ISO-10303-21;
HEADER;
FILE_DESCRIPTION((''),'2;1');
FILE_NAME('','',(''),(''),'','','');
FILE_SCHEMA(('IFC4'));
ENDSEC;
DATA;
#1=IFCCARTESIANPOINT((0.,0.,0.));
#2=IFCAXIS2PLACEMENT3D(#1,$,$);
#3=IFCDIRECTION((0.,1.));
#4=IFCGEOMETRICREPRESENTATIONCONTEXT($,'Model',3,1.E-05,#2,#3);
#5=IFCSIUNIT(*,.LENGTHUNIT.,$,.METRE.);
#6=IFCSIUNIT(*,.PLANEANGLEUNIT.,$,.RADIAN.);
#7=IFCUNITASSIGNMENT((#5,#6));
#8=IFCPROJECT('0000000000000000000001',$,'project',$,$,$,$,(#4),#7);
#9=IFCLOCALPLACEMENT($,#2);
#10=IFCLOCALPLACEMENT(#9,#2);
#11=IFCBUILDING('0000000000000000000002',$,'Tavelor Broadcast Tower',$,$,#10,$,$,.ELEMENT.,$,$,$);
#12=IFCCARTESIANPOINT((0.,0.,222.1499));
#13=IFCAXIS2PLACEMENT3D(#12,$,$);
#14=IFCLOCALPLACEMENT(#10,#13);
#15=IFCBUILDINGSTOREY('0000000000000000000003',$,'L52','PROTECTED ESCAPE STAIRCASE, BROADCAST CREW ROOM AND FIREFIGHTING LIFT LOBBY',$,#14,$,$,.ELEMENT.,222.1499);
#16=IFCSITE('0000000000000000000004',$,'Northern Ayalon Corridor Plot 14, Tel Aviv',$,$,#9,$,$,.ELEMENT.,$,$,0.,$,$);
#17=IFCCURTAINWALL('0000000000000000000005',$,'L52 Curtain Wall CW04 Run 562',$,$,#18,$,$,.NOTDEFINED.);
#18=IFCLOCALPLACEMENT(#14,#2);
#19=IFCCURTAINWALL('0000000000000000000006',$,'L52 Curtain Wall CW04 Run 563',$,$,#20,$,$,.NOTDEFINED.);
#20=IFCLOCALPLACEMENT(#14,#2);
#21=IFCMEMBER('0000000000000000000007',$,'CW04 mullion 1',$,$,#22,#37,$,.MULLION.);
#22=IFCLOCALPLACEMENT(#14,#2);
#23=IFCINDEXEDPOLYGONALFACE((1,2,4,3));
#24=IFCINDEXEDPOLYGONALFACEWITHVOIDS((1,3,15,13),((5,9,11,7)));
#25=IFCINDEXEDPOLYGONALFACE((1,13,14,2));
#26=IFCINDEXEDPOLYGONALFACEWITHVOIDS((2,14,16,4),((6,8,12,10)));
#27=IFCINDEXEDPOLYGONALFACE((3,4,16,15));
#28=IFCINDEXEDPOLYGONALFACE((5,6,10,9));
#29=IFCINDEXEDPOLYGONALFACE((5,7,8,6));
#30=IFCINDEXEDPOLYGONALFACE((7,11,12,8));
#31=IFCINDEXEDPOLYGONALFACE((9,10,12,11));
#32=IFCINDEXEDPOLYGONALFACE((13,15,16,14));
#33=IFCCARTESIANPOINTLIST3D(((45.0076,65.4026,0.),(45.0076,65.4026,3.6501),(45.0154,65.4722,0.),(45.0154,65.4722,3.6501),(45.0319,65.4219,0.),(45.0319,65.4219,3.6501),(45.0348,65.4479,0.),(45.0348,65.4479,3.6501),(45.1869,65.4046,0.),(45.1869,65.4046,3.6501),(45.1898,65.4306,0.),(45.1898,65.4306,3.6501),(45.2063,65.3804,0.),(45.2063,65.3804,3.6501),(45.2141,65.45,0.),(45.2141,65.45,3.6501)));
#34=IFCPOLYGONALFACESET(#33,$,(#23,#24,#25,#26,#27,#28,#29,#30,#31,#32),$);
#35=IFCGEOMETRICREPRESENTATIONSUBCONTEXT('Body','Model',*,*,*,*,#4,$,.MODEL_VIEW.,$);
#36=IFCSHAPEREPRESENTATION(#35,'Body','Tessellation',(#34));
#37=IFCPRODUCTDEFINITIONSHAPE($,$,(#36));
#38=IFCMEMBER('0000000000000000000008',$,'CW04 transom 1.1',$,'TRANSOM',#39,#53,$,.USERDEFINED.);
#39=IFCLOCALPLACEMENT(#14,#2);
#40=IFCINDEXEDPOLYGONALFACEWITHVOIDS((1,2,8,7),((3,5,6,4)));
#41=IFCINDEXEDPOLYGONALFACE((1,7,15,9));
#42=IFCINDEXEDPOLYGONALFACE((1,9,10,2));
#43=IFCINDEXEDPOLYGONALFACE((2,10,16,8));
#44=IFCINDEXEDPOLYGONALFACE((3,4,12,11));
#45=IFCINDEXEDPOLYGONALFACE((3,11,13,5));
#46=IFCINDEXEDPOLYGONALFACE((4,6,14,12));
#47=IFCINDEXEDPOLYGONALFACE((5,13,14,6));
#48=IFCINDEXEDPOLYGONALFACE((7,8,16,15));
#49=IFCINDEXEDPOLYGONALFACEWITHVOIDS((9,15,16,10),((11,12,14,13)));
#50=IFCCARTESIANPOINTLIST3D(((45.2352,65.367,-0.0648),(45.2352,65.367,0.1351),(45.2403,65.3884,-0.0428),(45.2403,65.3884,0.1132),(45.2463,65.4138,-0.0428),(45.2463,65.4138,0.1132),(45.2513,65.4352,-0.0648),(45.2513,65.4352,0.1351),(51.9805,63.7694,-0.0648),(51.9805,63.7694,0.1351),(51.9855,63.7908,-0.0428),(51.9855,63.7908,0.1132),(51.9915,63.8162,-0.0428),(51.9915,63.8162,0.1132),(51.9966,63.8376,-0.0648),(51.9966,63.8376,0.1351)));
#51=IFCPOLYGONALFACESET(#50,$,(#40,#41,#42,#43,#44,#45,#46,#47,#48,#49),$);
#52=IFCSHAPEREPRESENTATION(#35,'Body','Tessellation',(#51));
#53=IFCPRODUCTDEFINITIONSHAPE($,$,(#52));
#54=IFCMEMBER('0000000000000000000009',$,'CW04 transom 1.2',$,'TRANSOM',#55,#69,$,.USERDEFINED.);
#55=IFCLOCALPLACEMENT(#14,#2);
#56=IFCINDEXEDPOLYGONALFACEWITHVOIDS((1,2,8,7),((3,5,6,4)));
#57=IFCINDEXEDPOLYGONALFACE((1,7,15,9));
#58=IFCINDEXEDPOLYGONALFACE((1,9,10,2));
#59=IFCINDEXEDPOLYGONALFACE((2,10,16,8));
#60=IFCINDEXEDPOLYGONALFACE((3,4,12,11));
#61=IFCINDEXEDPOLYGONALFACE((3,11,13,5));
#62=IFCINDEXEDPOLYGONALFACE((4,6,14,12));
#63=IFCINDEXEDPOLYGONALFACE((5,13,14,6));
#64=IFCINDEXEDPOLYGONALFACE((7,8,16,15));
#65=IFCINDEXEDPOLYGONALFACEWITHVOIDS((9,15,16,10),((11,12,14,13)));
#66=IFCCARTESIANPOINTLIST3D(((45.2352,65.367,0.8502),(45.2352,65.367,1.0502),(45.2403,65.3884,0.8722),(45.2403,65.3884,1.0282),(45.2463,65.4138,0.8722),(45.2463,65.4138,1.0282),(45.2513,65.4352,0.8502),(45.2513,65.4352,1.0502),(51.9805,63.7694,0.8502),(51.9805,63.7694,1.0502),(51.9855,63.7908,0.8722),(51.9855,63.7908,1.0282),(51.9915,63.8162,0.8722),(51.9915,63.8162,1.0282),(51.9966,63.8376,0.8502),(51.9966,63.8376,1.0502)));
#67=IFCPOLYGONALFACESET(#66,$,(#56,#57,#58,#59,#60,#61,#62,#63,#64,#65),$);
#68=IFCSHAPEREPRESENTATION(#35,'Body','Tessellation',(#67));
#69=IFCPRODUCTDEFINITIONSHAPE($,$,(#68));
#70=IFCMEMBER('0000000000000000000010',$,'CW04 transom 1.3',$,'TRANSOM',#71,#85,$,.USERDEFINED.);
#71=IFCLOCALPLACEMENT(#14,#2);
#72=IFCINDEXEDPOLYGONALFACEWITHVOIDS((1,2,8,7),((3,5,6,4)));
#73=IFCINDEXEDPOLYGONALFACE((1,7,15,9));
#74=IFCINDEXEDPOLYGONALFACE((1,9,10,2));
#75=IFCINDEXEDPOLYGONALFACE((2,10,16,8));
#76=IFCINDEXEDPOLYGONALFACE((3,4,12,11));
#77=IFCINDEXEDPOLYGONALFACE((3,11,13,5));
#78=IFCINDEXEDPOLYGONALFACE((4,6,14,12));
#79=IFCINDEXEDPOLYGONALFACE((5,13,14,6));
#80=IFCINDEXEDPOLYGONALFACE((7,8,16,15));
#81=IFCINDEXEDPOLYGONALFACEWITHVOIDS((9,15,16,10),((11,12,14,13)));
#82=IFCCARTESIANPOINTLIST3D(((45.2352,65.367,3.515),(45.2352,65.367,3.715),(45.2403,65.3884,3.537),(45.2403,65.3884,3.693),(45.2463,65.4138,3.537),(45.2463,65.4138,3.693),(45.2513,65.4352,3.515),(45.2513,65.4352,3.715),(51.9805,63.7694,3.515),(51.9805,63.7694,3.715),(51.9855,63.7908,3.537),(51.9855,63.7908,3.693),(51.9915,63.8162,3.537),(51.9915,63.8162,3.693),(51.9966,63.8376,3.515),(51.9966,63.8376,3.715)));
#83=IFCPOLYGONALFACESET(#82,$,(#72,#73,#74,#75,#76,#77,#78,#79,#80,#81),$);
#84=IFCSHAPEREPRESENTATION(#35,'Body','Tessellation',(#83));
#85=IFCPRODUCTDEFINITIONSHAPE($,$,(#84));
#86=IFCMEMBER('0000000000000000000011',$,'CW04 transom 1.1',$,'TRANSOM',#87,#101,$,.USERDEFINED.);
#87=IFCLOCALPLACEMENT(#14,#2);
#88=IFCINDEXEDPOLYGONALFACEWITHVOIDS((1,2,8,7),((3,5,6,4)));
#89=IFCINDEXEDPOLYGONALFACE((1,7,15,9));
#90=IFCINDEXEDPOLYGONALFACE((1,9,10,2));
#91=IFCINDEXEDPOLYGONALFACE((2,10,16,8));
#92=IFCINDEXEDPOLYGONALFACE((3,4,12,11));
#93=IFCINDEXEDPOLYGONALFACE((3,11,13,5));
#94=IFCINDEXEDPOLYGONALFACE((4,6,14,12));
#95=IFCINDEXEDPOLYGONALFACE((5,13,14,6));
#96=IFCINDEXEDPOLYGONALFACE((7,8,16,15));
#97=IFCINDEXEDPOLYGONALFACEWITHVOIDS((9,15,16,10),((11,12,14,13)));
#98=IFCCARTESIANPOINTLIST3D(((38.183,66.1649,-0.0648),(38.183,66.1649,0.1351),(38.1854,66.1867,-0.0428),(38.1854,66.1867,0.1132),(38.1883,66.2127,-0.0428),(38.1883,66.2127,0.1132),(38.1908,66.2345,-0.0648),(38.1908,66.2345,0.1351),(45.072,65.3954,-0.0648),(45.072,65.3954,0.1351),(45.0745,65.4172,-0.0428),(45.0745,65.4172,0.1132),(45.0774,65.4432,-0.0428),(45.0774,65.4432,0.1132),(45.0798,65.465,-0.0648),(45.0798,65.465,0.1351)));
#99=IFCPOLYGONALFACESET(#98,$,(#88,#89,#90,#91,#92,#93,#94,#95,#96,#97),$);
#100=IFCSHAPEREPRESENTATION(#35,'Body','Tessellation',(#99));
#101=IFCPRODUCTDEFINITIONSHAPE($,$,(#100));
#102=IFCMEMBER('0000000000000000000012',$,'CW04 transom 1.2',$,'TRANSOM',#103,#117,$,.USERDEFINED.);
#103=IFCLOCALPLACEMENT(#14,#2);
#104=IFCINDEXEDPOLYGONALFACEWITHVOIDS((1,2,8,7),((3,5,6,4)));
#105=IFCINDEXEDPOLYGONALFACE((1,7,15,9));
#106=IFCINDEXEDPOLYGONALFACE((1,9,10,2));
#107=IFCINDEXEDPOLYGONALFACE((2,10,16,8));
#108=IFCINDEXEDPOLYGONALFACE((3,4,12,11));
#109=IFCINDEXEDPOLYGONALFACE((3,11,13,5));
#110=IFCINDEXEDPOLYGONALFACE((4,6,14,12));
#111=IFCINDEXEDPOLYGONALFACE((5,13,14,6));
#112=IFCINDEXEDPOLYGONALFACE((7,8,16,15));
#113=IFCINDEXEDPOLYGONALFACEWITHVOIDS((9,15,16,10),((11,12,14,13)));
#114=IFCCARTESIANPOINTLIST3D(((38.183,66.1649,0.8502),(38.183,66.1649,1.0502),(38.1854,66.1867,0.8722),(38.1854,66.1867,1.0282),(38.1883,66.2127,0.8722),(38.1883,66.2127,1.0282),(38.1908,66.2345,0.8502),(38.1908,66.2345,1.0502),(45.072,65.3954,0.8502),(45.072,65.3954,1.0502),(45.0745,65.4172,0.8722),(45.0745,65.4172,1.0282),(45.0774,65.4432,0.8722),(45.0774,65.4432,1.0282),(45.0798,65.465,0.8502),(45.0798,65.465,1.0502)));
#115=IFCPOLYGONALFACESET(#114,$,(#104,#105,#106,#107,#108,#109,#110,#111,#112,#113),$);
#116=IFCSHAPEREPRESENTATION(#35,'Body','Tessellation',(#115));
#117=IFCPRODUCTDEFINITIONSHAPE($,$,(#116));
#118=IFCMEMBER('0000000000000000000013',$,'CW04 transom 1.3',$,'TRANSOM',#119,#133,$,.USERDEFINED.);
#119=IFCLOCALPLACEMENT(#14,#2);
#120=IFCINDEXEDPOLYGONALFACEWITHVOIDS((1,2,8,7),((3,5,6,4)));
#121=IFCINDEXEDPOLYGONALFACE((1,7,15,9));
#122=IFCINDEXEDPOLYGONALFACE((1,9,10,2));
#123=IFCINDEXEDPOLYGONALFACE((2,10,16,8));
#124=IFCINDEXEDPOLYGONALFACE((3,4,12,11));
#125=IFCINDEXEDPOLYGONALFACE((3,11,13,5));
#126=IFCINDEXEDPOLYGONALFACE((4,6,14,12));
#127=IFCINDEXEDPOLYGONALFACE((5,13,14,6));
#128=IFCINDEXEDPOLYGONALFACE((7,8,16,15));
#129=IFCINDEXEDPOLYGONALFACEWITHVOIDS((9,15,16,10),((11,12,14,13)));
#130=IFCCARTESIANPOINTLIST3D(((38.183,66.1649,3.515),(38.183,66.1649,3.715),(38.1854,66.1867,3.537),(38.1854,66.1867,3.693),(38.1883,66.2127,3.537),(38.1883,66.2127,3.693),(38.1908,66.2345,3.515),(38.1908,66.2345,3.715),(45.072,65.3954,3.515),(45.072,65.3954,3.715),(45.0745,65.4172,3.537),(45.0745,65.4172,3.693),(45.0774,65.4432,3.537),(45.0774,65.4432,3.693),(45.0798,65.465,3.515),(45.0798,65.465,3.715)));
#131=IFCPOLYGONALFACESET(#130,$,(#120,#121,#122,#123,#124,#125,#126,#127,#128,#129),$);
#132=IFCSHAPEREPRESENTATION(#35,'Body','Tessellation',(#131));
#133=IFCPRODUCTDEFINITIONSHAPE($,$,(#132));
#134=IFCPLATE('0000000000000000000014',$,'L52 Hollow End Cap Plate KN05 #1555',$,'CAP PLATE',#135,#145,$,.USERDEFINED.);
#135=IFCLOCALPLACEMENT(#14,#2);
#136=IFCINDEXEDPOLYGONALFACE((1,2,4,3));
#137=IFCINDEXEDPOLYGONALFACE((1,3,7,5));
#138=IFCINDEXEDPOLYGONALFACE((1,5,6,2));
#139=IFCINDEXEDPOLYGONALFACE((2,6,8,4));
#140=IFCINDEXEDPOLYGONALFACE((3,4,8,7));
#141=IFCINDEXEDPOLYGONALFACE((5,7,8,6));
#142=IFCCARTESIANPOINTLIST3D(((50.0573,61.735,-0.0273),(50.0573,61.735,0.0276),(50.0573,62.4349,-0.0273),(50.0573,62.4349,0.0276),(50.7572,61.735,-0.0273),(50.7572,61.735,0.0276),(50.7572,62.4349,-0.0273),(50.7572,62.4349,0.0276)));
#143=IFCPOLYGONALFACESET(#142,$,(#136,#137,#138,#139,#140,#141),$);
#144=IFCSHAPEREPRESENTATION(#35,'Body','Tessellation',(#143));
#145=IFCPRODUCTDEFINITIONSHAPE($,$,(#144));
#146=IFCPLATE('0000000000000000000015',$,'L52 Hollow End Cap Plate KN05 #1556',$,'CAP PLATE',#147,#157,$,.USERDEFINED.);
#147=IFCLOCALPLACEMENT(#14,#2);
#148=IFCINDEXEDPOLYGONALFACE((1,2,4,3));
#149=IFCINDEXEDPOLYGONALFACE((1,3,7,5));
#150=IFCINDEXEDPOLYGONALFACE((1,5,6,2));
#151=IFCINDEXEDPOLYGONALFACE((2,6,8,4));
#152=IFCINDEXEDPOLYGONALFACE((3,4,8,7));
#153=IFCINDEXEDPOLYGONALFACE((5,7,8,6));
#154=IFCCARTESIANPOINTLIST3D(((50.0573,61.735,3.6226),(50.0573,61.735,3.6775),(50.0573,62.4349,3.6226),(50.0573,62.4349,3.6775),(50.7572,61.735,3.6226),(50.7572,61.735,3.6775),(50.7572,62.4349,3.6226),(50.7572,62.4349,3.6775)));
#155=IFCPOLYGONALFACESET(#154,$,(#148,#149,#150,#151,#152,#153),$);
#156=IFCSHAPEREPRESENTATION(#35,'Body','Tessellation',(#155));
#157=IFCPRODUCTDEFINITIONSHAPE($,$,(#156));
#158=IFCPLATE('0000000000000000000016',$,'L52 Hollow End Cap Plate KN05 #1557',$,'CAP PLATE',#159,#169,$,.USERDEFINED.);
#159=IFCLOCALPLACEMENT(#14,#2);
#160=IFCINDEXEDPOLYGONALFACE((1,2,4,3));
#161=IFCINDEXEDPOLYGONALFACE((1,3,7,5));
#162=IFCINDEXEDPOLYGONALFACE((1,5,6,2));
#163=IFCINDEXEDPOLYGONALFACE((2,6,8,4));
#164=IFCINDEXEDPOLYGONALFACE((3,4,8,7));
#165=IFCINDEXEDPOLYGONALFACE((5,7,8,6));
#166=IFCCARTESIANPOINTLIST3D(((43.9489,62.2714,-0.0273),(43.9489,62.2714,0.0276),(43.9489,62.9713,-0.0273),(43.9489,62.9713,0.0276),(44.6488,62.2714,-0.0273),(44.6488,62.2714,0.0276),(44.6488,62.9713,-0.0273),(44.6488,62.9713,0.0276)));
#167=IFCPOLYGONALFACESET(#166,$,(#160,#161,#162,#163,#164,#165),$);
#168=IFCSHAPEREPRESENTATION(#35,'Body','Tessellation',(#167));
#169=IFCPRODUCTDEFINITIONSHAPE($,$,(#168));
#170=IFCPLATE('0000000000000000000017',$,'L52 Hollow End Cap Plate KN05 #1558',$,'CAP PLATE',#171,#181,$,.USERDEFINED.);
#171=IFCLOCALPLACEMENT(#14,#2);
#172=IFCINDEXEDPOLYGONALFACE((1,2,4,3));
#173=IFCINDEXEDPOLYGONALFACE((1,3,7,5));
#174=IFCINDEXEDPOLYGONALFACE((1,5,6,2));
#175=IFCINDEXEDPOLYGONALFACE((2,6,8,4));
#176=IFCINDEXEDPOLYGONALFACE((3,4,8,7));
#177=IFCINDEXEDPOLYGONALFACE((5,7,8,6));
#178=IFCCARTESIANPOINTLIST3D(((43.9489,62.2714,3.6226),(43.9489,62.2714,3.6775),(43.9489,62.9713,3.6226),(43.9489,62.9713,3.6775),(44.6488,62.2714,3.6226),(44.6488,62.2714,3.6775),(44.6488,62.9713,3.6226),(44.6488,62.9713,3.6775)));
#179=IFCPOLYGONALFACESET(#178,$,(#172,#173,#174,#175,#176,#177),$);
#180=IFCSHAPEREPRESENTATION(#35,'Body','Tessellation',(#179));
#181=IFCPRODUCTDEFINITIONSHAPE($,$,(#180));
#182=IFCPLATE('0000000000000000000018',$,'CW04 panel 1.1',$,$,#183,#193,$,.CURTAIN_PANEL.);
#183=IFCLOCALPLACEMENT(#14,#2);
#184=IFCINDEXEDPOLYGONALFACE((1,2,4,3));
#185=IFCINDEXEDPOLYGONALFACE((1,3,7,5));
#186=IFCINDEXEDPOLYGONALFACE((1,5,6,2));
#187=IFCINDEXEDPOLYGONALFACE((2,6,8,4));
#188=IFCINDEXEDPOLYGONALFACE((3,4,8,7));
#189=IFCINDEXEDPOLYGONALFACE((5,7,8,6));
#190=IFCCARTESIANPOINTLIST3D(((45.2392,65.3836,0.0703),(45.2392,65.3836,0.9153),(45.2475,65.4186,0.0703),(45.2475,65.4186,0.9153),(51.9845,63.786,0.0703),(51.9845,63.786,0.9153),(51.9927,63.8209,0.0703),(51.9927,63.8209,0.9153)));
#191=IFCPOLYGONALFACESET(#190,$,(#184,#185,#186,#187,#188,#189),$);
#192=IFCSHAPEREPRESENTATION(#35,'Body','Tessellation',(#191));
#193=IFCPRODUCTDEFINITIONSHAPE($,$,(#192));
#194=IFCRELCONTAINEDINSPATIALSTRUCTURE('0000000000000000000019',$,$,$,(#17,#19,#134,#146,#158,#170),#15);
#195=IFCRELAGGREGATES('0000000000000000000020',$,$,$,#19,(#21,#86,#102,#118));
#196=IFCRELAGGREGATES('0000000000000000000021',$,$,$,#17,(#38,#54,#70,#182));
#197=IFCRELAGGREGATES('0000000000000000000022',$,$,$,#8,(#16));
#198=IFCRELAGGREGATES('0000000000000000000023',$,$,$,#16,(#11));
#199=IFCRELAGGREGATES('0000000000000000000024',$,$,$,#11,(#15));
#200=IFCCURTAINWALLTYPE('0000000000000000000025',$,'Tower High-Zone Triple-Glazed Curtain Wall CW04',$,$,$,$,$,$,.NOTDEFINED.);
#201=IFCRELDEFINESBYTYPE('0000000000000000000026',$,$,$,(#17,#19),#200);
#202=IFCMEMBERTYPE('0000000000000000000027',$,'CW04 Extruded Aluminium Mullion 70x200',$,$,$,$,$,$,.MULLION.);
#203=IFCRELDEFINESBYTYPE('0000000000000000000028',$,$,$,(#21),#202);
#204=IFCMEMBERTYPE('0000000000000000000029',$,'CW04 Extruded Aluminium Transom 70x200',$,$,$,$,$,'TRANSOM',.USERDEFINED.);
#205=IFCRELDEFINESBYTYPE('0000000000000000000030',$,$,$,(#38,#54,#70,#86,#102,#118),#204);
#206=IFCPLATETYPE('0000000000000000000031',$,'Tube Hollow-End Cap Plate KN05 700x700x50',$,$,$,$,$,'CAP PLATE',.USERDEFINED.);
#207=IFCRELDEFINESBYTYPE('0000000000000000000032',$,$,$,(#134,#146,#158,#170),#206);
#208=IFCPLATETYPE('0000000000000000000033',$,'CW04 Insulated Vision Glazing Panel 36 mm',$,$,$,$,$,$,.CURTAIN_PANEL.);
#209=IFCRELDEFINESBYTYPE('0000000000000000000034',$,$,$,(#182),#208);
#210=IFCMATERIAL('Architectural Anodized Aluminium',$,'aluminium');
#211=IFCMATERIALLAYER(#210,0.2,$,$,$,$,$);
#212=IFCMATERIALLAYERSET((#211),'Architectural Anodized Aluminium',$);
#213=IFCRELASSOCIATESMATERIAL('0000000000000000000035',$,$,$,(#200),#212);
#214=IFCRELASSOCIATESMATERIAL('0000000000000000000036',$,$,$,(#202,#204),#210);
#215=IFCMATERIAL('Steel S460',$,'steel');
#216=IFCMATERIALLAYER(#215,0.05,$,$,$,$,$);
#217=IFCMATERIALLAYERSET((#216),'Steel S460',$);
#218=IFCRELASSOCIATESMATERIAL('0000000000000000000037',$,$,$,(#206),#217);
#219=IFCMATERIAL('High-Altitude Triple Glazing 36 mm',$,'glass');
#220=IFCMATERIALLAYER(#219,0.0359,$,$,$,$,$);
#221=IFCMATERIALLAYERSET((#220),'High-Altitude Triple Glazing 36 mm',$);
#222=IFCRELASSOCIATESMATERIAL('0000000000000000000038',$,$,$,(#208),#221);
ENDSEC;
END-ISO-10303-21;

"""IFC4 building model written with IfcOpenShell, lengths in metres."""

from ifc_helpers import new_model, si_unit, direction, frame, origin, origin_2d, place, context, subcontext, project, spatial, rectangle, hollow_rectangle, extrude, source, transform, mapped, material, layer, layer_set, material_profile, profile_set, type_object, type_shapes, element, aggregate, save


model = new_model("IFC4")

# Units and contexts
model_context = context("Model", 3, precision=1e-05, world=origin(), true_north=direction((0.0, 1.0)))
body_context = subcontext(model_context, "Body", "Model", "MODEL_VIEW")
ifc_project = project(units=[si_unit("LENGTHUNIT", "METRE"), si_unit("PLANEANGLEUNIT", "RADIAN")], contexts=[model_context])

# Site, building, storey
site_placement = place(None, origin())
site = spatial("IfcSite", under=ifc_project, at=site_placement, Name="Northern Ayalon Corridor Plot 14, Tel Aviv", CompositionType="ELEMENT", RefElevation=0.0)
building_placement = place(site_placement, origin())
building = spatial("IfcBuilding", under=site, at=building_placement, Name="Tavelor Broadcast Tower", CompositionType="ELEMENT")
storey_placement = place(building_placement, frame((0.0, 0.0, 222.1499)))
storey = spatial("IfcBuildingStorey", under=building, at=storey_placement, Name="L52", Description="PROTECTED ESCAPE STAIRCASE, BROADCAST CREW ROOM AND FIREFIGHTING LIFT LOBBY", CompositionType="ELEMENT", Elevation=222.1499)

# Shared definitions
ifc_material_1 = material(Name="Steel S460", Category="steel")

# Shared definitions
ifc_material_2 = material(Name="Architectural Anodized Aluminium", Category="aluminium")
ifc_layer_1 = layer(ifc_material_2, 0.2)
ifc_layer_set_1 = layer_set([ifc_layer_1], Name="Architectural Anodized Aluminium")
curtain_wall_type = type_object("IfcCurtainWallType", Name="Tower High-Zone Triple-Glazed Curtain Wall CW04", PredefinedType="NOTDEFINED", material=ifc_layer_set_1)
ifc_material_profile_1 = material_profile(ifc_material_2, hollow_rectangle(XDim=0.0701, YDim=0.2, WallThickness=0.022, at=origin_2d()), Name="RHS 70x200x22")
ifc_profile_set_1 = profile_set([ifc_material_profile_1], Name="Architectural Anodized Aluminium")
member_type_1 = type_object("IfcMemberType", Name="CW04 Extruded Aluminium Mullion 70x200", PredefinedType="MULLION", material=ifc_profile_set_1)
shared_shape_1 = source(origin(), body_context, "Body", "SweptSolid", [
    extrude(hollow_rectangle(XDim=0.0701, YDim=0.2, WallThickness=0.022, at=origin_2d()), origin(), (0.0, 0.0, 1.0), 3.6501),
])
type_shapes(member_type_1, [shared_shape_1])

# Curtain wall
curtain_wall_1_placement = place(storey_placement, origin())
curtain_wall_1 = element("IfcCurtainWall", 1, at=curtain_wall_1_placement, inside=storey, type_object=curtain_wall_type, Name="L52 Curtain Wall CW04 Run 562", PredefinedType="NOTDEFINED")

# Curtain wall, member
curtain_wall_2_placement = place(storey_placement, origin())
curtain_wall_2 = element("IfcCurtainWall", 2, at=curtain_wall_2_placement, inside=storey, type_object=curtain_wall_type, Name="L52 Curtain Wall CW04 Run 563", PredefinedType="NOTDEFINED")
member_1_placement = place(storey_placement, frame((45.1108, 65.4263, 0.0), z_axis=(0.0, 0.0, 1.0), x_axis=(-0.111017, -0.993819, 0.0)))
member_1 = element("IfcMember", 3, at=member_1_placement, type_object=member_type_1, Name="CW04 mullion 1", PredefinedType="MULLION", context=body_context, shape_type="MappedRepresentation", body=[
    mapped(shared_shape_1, transform((0.0, 0.0, 0.0), scale=1.0)),
])

# Members
ifc_material_profile_2 = material_profile(ifc_material_2, hollow_rectangle(XDim=0.0701, YDim=0.2, WallThickness=0.022, at=origin_2d()), Name="RHS 70x200x22")
ifc_profile_set_2 = profile_set([ifc_material_profile_2], Name="Architectural Anodized Aluminium")
member_type_2 = type_object("IfcMemberType", Name="CW04 Extruded Aluminium Transom 70x200", ElementType="TRANSOM", PredefinedType="USERDEFINED", material=ifc_profile_set_2)
shared_shape_2 = source(origin(), body_context, "Body", "SweptSolid", [
    extrude(hollow_rectangle(XDim=0.0701, YDim=0.2, WallThickness=0.022, at=origin_2d()), origin(), (0.0, 0.0, 1.0), 6.9319),
])
type_shapes(member_type_2, [shared_shape_2])
member_2_placement = place(storey_placement, frame((51.9885, 63.8035, 0.0352), z_axis=(-0.973078, 0.230476, 0.0), x_axis=(-0.230476, -0.973078, 0.0)))
member_2 = element("IfcMember", 4, at=member_2_placement, type_object=member_type_2, Name="CW04 transom 1.1", ObjectType="TRANSOM", PredefinedType="USERDEFINED", context=body_context, shape_type="MappedRepresentation", body=[
    mapped(shared_shape_2, transform((0.0, 0.0, 0.0), scale=1.0)),
])
member_3_placement = place(storey_placement, frame((51.9885, 63.8035, 0.9502), z_axis=(-0.973078, 0.230476, 0.0), x_axis=(-0.230476, -0.973078, 0.0)))
member_3 = element("IfcMember", 5, at=member_3_placement, type_object=member_type_2, Name="CW04 transom 1.2", ObjectType="TRANSOM", PredefinedType="USERDEFINED", context=body_context, shape_type="MappedRepresentation", body=[
    mapped(shared_shape_2, transform((0.0, 0.0, 0.0), scale=1.0)),
])
member_4_placement = place(storey_placement, frame((51.9885, 63.8035, 3.615), z_axis=(-0.973078, 0.230476, 0.0), x_axis=(-0.230476, -0.973078, 0.0)))
member_4 = element("IfcMember", 6, at=member_4_placement, type_object=member_type_2, Name="CW04 transom 1.3", ObjectType="TRANSOM", PredefinedType="USERDEFINED", context=body_context, shape_type="MappedRepresentation", body=[
    mapped(shared_shape_2, transform((0.0, 0.0, 0.0), scale=1.0)),
])
member_5_placement = place(storey_placement, frame((45.0759, 65.4302, 0.0352), z_axis=(-0.993819, 0.111015, 0.0), x_axis=(-0.111015, -0.993819, 0.0)))
member_5 = element("IfcMember", 7, at=member_5_placement, type_object=member_type_2, Name="CW04 transom 1.1", ObjectType="TRANSOM", PredefinedType="USERDEFINED", context=body_context, shape_type="MappedRepresentation", body=[
    mapped(shared_shape_2, transform((0.0, 0.0, 0.0), scale=1.0)),
])
member_6_placement = place(storey_placement, frame((45.0759, 65.4302, 0.9502), z_axis=(-0.993819, 0.111015, 0.0), x_axis=(-0.111015, -0.993819, 0.0)))
member_6 = element("IfcMember", 8, at=member_6_placement, type_object=member_type_2, Name="CW04 transom 1.2", ObjectType="TRANSOM", PredefinedType="USERDEFINED", context=body_context, shape_type="MappedRepresentation", body=[
    mapped(shared_shape_2, transform((0.0, 0.0, 0.0), scale=1.0)),
])
member_7_placement = place(storey_placement, frame((45.0759, 65.4302, 3.615), z_axis=(-0.993819, 0.111015, 0.0), x_axis=(-0.111015, -0.993819, 0.0)))
member_7 = element("IfcMember", 9, at=member_7_placement, type_object=member_type_2, Name="CW04 transom 1.3", ObjectType="TRANSOM", PredefinedType="USERDEFINED", context=body_context, shape_type="MappedRepresentation", body=[
    mapped(shared_shape_2, transform((0.0, 0.0, 0.0), scale=1.0)),
])
aggregate(curtain_wall_2, [member_1, member_5, member_6, member_7])

# Plates
ifc_layer_2 = layer(ifc_material_1, 0.05)
ifc_layer_set_2 = layer_set([ifc_layer_2], Name="Steel S460")
plate_type_1 = type_object("IfcPlateType", Name="Tube Hollow-End Cap Plate KN05 700x700x50", ElementType="CAP PLATE", PredefinedType="USERDEFINED", material=ifc_layer_set_2)
shared_shape_3 = source(origin(), body_context, "Body", "SweptSolid", [
    extrude(rectangle(XDim=0.7, YDim=0.7, at=origin_2d()), origin(), (0.0, 0.0, 1.0), 0.0549),
])
type_shapes(plate_type_1, [shared_shape_3])
for number, where, z_axis, x_axis, name in (
    (10, (50.4072, 62.085, -0.0273), (0.0, 0.0, 1.0), (1.0, 0.0, 0.0), "L52 Hollow End Cap Plate KN05 #1555"),
    (11, (50.4072, 62.085, 3.6226), (0.0, 0.0, 1.0), (1.0, 0.0, 0.0), "L52 Hollow End Cap Plate KN05 #1556"),
    (12, (44.2988, 62.6213, -0.0273), (0.0, 0.0, 1.0), (1.0, 0.0, 0.0), "L52 Hollow End Cap Plate KN05 #1557"),
    (13, (44.2988, 62.6213, 3.6226), (0.0, 0.0, 1.0), (1.0, 0.0, 0.0), "L52 Hollow End Cap Plate KN05 #1558"),
):
    element("IfcPlate", number, at=place(storey_placement, frame(where, z_axis=z_axis, x_axis=x_axis)), inside=storey, type_object=plate_type_1, Name=name, ObjectType="CAP PLATE", PredefinedType="USERDEFINED", context=body_context, shape_type="MappedRepresentation", body=[
        mapped(shared_shape_3, transform((0.0, 0.0, 0.0), scale=1.0)),
    ])

# Plate
ifc_material_3 = material(Name="High-Altitude Triple Glazing 36 mm", Category="glass")
ifc_layer_3 = layer(ifc_material_3, 0.0359)
ifc_layer_set_3 = layer_set([ifc_layer_3], Name="High-Altitude Triple Glazing 36 mm")
plate_type_2 = type_object("IfcPlateType", Name="CW04 Insulated Vision Glazing Panel 36 mm", PredefinedType="CURTAIN_PANEL", material=ifc_layer_set_3)
shared_shape_4 = source(origin(), body_context, "Body", "SweptSolid", [
    extrude(rectangle(XDim=6.9319, YDim=0.0359, at=origin_2d()), origin(), (0.0, 0.0, 1.0), 0.845),
])
plate_1_placement = place(storey_placement, frame((48.616, 64.6023, 0.0703), z_axis=(0.0, 0.0, 1.0), x_axis=(-0.973078, 0.230476, 0.0)))
plate_1 = element("IfcPlate", 14, at=plate_1_placement, type_object=plate_type_2, Name="CW04 panel 1.1", PredefinedType="CURTAIN_PANEL", context=body_context, shape_type="MappedRepresentation", body=[
    mapped(shared_shape_4, transform((0.0, 0.0, 0.0), scale=1.0)),
])
aggregate(curtain_wall_1, [member_2, member_3, member_4, plate_1])

save(model, "model.ifc")
